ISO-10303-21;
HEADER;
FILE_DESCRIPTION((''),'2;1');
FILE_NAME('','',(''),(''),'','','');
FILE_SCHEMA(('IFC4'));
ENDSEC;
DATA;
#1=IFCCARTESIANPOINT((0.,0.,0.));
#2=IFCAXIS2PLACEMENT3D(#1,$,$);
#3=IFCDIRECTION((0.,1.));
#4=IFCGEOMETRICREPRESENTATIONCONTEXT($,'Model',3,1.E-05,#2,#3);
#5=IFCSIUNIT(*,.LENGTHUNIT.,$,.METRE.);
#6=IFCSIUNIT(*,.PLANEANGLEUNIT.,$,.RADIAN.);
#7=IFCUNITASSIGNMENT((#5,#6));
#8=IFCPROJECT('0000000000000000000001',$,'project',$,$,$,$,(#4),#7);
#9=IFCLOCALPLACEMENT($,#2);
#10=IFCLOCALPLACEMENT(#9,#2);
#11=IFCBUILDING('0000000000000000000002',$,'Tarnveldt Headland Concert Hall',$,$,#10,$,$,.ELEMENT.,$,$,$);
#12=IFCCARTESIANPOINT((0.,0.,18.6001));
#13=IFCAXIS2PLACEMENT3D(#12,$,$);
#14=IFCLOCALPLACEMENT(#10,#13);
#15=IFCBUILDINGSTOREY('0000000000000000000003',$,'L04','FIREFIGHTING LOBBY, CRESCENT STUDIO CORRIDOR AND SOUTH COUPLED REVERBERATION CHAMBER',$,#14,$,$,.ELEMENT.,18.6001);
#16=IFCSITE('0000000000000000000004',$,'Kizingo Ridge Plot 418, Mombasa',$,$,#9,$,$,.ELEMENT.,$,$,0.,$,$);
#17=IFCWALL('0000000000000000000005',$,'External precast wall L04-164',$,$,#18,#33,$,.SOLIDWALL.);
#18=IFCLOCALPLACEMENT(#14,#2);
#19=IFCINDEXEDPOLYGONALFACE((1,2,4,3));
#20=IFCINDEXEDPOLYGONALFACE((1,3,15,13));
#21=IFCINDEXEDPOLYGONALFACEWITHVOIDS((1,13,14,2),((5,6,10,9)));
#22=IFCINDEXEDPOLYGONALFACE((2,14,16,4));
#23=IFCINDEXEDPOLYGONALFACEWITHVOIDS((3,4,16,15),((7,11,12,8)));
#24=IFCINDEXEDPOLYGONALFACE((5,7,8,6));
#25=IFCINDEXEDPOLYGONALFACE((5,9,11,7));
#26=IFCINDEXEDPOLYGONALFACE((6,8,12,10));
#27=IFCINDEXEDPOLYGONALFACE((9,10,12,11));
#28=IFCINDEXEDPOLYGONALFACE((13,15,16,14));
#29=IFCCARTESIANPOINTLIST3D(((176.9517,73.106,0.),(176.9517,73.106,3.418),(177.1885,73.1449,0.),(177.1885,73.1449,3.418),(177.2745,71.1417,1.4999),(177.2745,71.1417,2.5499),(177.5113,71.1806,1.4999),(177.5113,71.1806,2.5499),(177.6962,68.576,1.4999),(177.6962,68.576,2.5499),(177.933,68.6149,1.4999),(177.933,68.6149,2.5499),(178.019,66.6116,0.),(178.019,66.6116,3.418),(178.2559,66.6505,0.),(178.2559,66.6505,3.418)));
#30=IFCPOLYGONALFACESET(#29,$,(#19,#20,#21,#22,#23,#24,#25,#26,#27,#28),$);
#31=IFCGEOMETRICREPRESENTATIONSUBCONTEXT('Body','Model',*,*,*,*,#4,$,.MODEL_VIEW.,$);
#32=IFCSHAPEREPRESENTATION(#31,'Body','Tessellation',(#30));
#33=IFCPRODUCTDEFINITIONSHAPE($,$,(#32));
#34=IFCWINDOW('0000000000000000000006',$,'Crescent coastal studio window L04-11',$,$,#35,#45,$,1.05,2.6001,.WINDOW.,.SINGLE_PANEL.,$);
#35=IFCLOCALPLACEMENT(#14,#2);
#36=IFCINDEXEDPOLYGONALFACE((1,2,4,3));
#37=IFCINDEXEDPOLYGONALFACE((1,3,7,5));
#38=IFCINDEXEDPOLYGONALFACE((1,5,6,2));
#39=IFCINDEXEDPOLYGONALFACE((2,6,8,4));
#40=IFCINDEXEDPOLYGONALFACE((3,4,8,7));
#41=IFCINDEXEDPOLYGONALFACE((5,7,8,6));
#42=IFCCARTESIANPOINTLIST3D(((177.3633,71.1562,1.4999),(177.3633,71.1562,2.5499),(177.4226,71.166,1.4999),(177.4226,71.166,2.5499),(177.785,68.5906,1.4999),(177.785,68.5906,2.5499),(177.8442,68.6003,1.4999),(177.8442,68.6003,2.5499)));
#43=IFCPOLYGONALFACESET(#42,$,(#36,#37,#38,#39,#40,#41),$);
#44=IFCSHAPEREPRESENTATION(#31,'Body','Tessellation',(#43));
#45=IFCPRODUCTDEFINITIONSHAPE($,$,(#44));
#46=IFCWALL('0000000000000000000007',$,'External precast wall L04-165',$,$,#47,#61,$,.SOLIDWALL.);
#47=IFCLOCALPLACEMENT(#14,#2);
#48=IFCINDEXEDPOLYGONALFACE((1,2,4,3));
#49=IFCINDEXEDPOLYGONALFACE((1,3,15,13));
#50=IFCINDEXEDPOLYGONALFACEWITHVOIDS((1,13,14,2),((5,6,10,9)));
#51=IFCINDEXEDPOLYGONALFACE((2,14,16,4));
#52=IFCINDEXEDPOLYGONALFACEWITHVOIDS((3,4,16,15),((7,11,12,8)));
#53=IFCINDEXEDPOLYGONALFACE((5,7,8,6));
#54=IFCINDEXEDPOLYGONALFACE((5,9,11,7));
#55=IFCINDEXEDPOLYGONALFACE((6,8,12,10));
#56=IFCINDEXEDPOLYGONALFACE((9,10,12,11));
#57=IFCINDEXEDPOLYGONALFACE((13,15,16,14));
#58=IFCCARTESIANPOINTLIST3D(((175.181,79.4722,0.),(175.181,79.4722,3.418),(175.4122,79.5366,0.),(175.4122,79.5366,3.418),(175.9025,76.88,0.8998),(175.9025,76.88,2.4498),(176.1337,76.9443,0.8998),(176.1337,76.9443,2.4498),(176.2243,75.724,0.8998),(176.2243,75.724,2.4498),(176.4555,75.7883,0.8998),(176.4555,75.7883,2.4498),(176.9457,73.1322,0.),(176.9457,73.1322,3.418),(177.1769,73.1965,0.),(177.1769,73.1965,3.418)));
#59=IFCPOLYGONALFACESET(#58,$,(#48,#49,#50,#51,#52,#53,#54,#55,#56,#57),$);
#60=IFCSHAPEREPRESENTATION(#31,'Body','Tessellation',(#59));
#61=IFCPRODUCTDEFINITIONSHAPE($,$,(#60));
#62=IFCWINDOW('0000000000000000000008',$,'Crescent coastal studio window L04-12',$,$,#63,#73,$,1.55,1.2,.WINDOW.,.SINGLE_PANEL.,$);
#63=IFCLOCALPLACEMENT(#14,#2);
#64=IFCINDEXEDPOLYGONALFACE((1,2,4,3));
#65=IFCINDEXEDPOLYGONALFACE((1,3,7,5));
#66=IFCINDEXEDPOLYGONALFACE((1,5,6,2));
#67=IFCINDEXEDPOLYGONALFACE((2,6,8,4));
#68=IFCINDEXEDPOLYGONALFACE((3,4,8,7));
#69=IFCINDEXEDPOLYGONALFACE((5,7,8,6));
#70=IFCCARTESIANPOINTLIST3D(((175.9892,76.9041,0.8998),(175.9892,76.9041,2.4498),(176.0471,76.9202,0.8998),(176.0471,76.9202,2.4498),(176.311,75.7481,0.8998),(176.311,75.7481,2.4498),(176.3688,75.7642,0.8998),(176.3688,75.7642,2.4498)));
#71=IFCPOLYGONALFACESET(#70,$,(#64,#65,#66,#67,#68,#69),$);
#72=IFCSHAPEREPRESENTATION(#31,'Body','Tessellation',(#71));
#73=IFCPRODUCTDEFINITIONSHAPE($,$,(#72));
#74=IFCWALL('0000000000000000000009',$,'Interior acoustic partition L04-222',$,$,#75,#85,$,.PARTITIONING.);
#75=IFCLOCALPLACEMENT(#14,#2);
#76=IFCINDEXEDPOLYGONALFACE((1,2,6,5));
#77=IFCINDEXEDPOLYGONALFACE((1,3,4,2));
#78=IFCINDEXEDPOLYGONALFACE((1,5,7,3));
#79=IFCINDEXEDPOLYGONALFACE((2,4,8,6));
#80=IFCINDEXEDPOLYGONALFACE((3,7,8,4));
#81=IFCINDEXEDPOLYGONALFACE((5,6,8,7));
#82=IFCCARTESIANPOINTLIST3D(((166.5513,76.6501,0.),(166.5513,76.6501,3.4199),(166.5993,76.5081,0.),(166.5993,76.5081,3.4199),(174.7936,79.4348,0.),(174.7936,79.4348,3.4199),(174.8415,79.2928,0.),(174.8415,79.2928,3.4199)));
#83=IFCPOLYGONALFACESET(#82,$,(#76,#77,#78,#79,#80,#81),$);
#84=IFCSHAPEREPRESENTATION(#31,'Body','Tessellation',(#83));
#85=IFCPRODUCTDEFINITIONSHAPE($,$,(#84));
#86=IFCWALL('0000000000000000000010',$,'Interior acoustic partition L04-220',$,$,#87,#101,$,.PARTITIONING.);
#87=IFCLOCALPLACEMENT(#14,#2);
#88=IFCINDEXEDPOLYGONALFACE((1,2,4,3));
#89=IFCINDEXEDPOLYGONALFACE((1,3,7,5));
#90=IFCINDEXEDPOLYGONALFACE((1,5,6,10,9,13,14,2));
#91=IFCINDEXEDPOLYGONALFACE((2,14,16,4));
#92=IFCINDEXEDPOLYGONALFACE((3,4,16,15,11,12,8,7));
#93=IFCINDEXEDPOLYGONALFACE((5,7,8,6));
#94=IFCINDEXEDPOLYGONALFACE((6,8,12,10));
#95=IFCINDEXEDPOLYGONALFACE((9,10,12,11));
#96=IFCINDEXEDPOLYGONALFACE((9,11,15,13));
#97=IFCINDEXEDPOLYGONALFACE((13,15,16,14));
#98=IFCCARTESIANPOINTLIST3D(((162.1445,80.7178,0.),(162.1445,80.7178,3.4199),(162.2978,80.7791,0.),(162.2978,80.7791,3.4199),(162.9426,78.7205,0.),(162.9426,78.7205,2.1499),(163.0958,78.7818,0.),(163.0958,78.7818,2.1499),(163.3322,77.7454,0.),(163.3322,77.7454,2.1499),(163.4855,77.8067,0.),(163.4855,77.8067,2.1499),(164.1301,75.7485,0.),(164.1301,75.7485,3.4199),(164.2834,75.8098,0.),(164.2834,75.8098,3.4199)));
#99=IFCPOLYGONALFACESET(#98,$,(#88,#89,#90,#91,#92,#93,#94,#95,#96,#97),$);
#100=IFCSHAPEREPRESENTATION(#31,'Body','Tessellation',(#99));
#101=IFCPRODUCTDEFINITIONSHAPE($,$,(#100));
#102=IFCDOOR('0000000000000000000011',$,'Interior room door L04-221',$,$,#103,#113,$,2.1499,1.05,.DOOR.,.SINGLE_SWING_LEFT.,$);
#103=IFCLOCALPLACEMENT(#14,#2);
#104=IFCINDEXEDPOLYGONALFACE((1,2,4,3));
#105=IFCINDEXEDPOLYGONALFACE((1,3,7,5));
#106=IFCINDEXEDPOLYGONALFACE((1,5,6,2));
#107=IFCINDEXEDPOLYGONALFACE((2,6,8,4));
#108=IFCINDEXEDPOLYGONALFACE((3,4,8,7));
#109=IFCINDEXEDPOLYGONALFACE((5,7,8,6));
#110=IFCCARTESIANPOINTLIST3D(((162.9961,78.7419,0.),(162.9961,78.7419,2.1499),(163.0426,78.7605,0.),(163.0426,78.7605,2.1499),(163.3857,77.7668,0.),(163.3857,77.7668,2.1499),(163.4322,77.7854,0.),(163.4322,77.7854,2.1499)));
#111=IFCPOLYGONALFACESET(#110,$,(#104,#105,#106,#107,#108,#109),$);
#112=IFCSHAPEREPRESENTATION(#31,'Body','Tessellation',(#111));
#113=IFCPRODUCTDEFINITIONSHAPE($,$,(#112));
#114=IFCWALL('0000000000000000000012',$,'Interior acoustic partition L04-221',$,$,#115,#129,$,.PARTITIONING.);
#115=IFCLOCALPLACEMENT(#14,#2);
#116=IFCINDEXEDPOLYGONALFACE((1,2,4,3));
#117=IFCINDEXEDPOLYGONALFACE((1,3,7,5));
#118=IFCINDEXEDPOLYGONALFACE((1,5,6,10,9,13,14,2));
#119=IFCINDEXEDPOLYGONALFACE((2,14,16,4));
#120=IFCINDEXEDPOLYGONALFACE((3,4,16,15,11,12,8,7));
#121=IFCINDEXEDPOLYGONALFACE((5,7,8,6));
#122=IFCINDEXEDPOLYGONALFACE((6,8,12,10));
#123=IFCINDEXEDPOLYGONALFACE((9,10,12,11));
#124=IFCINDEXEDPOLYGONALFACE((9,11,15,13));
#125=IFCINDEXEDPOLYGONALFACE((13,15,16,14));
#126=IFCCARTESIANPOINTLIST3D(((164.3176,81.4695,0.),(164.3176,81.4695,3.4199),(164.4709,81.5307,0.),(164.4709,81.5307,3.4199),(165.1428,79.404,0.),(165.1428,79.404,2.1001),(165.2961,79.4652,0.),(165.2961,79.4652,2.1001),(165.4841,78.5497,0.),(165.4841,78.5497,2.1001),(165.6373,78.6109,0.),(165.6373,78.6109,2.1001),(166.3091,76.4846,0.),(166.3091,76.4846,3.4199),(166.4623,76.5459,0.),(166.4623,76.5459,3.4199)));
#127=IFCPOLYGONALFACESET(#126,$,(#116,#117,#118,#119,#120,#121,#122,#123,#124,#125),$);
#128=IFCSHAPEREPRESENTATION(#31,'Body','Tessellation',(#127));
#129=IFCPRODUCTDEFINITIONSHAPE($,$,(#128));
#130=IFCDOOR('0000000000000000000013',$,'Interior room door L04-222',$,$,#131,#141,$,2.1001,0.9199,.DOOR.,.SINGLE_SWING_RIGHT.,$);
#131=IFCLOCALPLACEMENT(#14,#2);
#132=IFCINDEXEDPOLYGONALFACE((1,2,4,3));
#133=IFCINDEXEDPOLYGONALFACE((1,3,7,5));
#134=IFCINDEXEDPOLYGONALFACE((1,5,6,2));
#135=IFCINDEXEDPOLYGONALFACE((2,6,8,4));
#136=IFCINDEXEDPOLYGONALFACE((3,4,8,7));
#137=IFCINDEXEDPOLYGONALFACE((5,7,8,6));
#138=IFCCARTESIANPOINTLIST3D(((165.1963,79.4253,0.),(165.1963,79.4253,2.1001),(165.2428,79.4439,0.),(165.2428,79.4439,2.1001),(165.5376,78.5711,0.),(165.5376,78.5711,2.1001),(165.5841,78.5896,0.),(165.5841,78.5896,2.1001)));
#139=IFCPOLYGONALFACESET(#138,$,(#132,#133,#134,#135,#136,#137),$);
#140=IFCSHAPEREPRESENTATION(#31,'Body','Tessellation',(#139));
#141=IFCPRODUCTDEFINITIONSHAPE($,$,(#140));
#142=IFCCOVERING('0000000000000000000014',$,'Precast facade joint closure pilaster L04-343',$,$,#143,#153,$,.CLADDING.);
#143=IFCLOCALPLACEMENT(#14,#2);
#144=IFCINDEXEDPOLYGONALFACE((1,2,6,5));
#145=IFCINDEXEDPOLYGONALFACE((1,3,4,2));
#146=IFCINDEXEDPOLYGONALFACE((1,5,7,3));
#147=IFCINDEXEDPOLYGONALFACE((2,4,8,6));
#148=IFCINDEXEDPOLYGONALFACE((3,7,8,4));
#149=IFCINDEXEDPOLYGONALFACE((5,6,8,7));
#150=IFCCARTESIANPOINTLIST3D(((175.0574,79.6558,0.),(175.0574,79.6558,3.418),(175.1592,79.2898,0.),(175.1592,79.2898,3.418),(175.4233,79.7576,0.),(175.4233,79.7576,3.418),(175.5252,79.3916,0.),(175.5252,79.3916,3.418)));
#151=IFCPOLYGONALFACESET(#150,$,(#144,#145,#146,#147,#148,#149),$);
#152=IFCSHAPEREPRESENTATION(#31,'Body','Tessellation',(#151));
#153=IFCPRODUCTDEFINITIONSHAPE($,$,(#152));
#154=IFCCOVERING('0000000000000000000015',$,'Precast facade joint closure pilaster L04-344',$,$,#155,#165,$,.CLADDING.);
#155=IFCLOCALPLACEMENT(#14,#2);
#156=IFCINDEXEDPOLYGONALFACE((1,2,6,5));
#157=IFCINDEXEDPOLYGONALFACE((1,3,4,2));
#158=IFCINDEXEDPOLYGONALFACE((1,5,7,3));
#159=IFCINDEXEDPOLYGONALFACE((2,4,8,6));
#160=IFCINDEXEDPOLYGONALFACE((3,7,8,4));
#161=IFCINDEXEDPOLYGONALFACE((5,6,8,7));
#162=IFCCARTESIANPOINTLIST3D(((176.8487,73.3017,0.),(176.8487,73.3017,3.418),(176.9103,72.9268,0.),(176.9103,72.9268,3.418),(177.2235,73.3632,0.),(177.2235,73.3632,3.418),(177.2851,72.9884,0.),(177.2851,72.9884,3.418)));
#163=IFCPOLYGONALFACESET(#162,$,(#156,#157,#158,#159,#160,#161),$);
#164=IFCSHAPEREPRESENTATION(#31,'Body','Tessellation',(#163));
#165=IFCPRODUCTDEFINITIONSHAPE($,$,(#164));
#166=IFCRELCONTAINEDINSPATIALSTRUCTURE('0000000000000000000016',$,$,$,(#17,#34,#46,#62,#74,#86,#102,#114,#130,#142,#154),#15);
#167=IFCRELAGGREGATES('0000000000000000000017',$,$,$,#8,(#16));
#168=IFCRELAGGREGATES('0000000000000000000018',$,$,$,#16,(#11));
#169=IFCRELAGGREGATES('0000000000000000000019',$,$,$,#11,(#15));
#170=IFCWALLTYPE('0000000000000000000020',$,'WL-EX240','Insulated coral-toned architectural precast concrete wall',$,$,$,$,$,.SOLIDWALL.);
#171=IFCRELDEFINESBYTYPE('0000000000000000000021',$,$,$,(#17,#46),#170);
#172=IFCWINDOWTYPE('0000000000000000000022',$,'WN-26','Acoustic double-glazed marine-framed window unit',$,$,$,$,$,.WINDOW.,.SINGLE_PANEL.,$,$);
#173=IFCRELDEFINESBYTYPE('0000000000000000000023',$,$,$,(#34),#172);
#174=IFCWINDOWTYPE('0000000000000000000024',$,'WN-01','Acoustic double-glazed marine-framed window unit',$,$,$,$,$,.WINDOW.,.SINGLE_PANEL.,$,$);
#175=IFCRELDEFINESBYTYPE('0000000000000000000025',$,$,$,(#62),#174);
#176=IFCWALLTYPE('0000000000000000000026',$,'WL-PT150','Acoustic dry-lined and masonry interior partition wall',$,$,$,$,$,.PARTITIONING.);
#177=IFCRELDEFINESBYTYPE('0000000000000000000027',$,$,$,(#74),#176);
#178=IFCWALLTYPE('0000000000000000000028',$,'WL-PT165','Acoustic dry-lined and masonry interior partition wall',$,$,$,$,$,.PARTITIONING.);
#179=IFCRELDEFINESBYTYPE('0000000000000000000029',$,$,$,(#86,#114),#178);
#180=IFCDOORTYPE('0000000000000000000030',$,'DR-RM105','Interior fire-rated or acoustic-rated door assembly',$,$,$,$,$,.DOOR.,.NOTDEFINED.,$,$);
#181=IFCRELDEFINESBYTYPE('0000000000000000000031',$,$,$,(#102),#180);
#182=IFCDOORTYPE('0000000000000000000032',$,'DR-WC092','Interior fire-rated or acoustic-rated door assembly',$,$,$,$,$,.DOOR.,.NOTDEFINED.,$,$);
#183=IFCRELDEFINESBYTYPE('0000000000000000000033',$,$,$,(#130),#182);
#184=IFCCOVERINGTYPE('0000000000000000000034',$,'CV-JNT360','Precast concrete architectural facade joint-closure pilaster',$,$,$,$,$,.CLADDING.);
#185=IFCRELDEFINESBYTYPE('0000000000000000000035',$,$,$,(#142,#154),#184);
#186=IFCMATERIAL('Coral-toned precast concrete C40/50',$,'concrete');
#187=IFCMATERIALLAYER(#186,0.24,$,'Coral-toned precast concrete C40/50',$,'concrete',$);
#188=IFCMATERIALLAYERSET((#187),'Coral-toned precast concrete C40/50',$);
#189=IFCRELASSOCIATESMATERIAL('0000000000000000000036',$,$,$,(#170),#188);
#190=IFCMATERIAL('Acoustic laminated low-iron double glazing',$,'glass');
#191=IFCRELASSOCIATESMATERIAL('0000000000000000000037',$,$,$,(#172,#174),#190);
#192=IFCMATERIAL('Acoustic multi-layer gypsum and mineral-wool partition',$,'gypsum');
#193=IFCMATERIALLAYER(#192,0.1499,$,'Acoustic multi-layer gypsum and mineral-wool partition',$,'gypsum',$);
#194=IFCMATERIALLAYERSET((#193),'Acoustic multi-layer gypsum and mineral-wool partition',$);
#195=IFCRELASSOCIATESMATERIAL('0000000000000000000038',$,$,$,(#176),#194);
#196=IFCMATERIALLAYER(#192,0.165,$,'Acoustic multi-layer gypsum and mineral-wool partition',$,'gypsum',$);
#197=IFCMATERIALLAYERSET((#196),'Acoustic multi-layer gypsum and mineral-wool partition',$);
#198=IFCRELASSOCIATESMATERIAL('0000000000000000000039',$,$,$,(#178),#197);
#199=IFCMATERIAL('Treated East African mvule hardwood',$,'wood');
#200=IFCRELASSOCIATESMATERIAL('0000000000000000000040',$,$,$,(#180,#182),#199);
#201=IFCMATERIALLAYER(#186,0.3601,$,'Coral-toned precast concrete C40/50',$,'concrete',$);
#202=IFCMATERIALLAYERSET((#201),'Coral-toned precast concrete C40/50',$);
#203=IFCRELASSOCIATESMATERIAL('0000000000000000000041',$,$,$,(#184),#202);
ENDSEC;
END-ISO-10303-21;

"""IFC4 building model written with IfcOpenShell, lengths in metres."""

from ifc_helpers import new_model, si_unit, direction, frame, frame_2d, origin, origin_2d, place, context, subcontext, project, spatial, rectangle, extrude, material, layer, layer_set, type_object, element, fill, save


model = new_model("IFC4")

# Units and contexts
model_context = context("Model", 3, precision=1e-05, world=origin(), true_north=direction((0.0, 1.0)))
body_context = subcontext(model_context, "Body", "Model", "MODEL_VIEW")
ifc_project = project(units=[si_unit("LENGTHUNIT", "METRE"), si_unit("PLANEANGLEUNIT", "RADIAN")], contexts=[model_context])

# Site, building, storey
site_placement = place(None, origin())
site = spatial("IfcSite", under=ifc_project, at=site_placement, Name="Kizingo Ridge Plot 418, Mombasa", CompositionType="ELEMENT", RefElevation=0.0)
building_placement = place(site_placement, origin())
building = spatial("IfcBuilding", under=site, at=building_placement, Name="Tarnveldt Headland Concert Hall", CompositionType="ELEMENT")
storey_placement = place(building_placement, frame((0.0, 0.0, 18.6001)))
storey = spatial("IfcBuildingStorey", under=building, at=storey_placement, Name="L04", Description="FIREFIGHTING LOBBY, CRESCENT STUDIO CORRIDOR AND SOUTH COUPLED REVERBERATION CHAMBER", CompositionType="ELEMENT", Elevation=18.6001)

# Walls, openings, windows
ifc_material_1 = material(Name="Coral-toned precast concrete C40/50", Category="concrete")
ifc_layer_1 = layer(ifc_material_1, 0.24, Name="Coral-toned precast concrete C40/50", Category="concrete")
ifc_layer_set_1 = layer_set([ifc_layer_1], Name="Coral-toned precast concrete C40/50")
wall_type_1 = type_object("IfcWallType", Name="WL-EX240", Description="Insulated coral-toned architectural precast concrete wall", PredefinedType="SOLIDWALL", material=ifc_layer_set_1)
wall_1_placement = place(storey_placement, frame((177.0701, 73.1255, 0.0), z_axis=(0.0, 0.0, 1.0), x_axis=(0.162179, -0.986761, 0.0)))
wall_1 = element("IfcWall", 1, at=wall_1_placement, inside=storey, type_object=wall_type_1, Name="External precast wall L04-164", PredefinedType="SOLIDWALL", context=body_context, shape_type="SweptSolid", body=[
    extrude(rectangle(XDim=6.5815, YDim=0.24, at=frame_2d((3.2908, 0.0))), origin(), (0.0, 0.0, 1.0), 3.418),
])
opening_1_placement = place(wall_1_placement, frame((1.9907, 0.0, 1.5)))
opening_1 = element("IfcOpeningElement", 2, at=opening_1_placement, cuts=wall_1, PredefinedType="OPENING", context=body_context, shape_type="SweptSolid", body=[
    extrude(rectangle(XDim=2.6001, YDim=1.05, at=frame_2d((1.3, 0.5249))), frame((0.0, 0.1299, 0.0), z_axis=(0.0, -1.0, 0.0), x_axis=(1.0, 0.0, 0.0)), (0.0, 0.0, 1.0), 0.26),
])
ifc_material_2 = material(Name="Acoustic laminated low-iron double glazing", Category="glass")
window_type_1 = type_object("IfcWindowType", Name="WN-26", Description="Acoustic double-glazed marine-framed window unit", PartitioningType="SINGLE_PANEL", PredefinedType="WINDOW", material=ifc_material_2)
window_1_placement = place(opening_1_placement, origin())
window_1 = element("IfcWindow", 3, at=window_1_placement, inside=storey, type_object=window_type_1, Name="Crescent coastal studio window L04-11", OverallHeight=1.05, OverallWidth=2.6001, PartitioningType="SINGLE_PANEL", PredefinedType="WINDOW", context=body_context, shape_type="SweptSolid", body=[
    extrude(rectangle(XDim=2.6001, YDim=1.05, at=frame_2d((1.3, 0.5249))), frame((0.0, 0.03, 0.0), z_axis=(0.0, -1.0, 0.0), x_axis=(1.0, 0.0, 0.0)), (0.0, 0.0, 1.0), 0.0601),
])
fill(opening_1, window_1)
wall_2_placement = place(storey_placement, frame((175.2966, 79.5044, 0.0), z_axis=(0.0, 0.0, 1.0), x_axis=(0.268139, -0.96338, 0.0)))
wall_2 = element("IfcWall", 4, at=wall_2_placement, inside=storey, type_object=wall_type_1, Name="External precast wall L04-165", PredefinedType="SOLIDWALL", context=body_context, shape_type="SweptSolid", body=[
    extrude(rectangle(XDim=6.5811, YDim=0.24, at=frame_2d((3.2905, 0.0))), origin(), (0.0, 0.0, 1.0), 3.418),
])
opening_2_placement = place(wall_2_placement, frame((2.6907, 0.0, 0.8999)))
opening_2 = element("IfcOpeningElement", 5, at=opening_2_placement, cuts=wall_2, PredefinedType="OPENING", context=body_context, shape_type="SweptSolid", body=[
    extrude(rectangle(XDim=1.2, YDim=1.55, at=frame_2d((0.6001, 0.7749))), frame((0.0, 0.1299, 0.0), z_axis=(0.0, -1.0, 0.0), x_axis=(1.0, 0.0, 0.0)), (0.0, 0.0, 1.0), 0.26),
])
window_type_2 = type_object("IfcWindowType", Name="WN-01", Description="Acoustic double-glazed marine-framed window unit", PartitioningType="SINGLE_PANEL", PredefinedType="WINDOW", material=ifc_material_2)
window_2_placement = place(opening_2_placement, origin())
window_2 = element("IfcWindow", 6, at=window_2_placement, inside=storey, type_object=window_type_2, Name="Crescent coastal studio window L04-12", OverallHeight=1.55, OverallWidth=1.2, PartitioningType="SINGLE_PANEL", PredefinedType="WINDOW", context=body_context, shape_type="SweptSolid", body=[
    extrude(rectangle(XDim=1.2, YDim=1.55, at=frame_2d((0.6001, 0.7749))), frame((0.0, 0.03, 0.0), z_axis=(0.0, -1.0, 0.0), x_axis=(1.0, 0.0, 0.0)), (0.0, 0.0, 1.0), 0.0601),
])
fill(opening_2, window_2)

# Wall
ifc_material_3 = material(Name="Acoustic multi-layer gypsum and mineral-wool partition", Category="gypsum")
ifc_layer_2 = layer(ifc_material_3, 0.1499, Name="Acoustic multi-layer gypsum and mineral-wool partition", Category="gypsum")
ifc_layer_set_2 = layer_set([ifc_layer_2], Name="Acoustic multi-layer gypsum and mineral-wool partition")
wall_type_2 = type_object("IfcWallType", Name="WL-PT150", Description="Acoustic dry-lined and masonry interior partition wall", PredefinedType="PARTITIONING", material=ifc_layer_set_2)
wall_3_placement = place(storey_placement, frame((166.5752, 76.5791, 0.0), z_axis=(0.0, 0.0, 1.0), x_axis=(0.94739, 0.320081, 0.0)))
element("IfcWall", 7, at=wall_3_placement, inside=storey, type_object=wall_type_2, Name="Interior acoustic partition L04-222", PredefinedType="PARTITIONING", context=body_context, shape_type="SweptSolid", body=[
    extrude(rectangle(XDim=8.7, YDim=0.1499, at=frame_2d((4.3501, 0.0))), origin(), (0.0, 0.0, 1.0), 3.4199),
])

# Walls, openings, doors
ifc_layer_3 = layer(ifc_material_3, 0.165, Name="Acoustic multi-layer gypsum and mineral-wool partition", Category="gypsum")
ifc_layer_set_3 = layer_set([ifc_layer_3], Name="Acoustic multi-layer gypsum and mineral-wool partition")
wall_type_3 = type_object("IfcWallType", Name="WL-PT165", Description="Acoustic dry-lined and masonry interior partition wall", PredefinedType="PARTITIONING", material=ifc_layer_set_3)
wall_4_placement = place(storey_placement, frame((164.2068, 75.7791, 0.0), z_axis=(0.0, 0.0, 1.0), x_axis=(-0.371052, 0.928612, 0.0)))
wall_4 = element("IfcWall", 8, at=wall_4_placement, inside=storey, type_object=wall_type_3, Name="Interior acoustic partition L04-220", PredefinedType="PARTITIONING", context=body_context, shape_type="SweptSolid", body=[
    extrude(rectangle(XDim=5.3513, YDim=0.165, at=frame_2d((2.6758, 0.0))), origin(), (0.0, 0.0, 1.0), 3.4199),
])
opening_3_placement = place(wall_4_placement, frame((2.1506, 0.0, 0.0)))
opening_3 = element("IfcOpeningElement", 9, at=opening_3_placement, cuts=wall_4, PredefinedType="OPENING", context=body_context, shape_type="SweptSolid", body=[
    extrude(rectangle(XDim=1.05, YDim=2.1499, at=frame_2d((0.5249, 1.075))), frame((0.0, 0.0925, 0.0), z_axis=(0.0, -1.0, 0.0), x_axis=(1.0, 0.0, 0.0)), (0.0, 0.0, 1.0), 0.1851),
])
ifc_material_4 = material(Name="Treated East African mvule hardwood", Category="wood")
door_type_1 = type_object("IfcDoorType", Name="DR-RM105", Description="Interior fire-rated or acoustic-rated door assembly", OperationType="NOTDEFINED", PredefinedType="DOOR", material=ifc_material_4)
door_1_placement = place(opening_3_placement, origin())
door_1 = element("IfcDoor", 10, at=door_1_placement, inside=storey, type_object=door_type_1, Name="Interior room door L04-221", OperationType="SINGLE_SWING_LEFT", OverallHeight=2.1499, OverallWidth=1.05, PredefinedType="DOOR", context=body_context, shape_type="SweptSolid", body=[
    extrude(rectangle(XDim=1.05, YDim=2.1499, at=frame_2d((0.5249, 1.075))), frame((0.0, 0.0249, 0.0), z_axis=(0.0, -1.0, 0.0), x_axis=(1.0, 0.0, 0.0)), (0.0, 0.0, 1.0), 0.05),
])
fill(opening_3, door_1)
wall_5_placement = place(storey_placement, frame((166.3857, 76.5151, 0.0), z_axis=(0.0, 0.0, 1.0), x_axis=(-0.370991, 0.928637, 0.0)))
wall_5 = element("IfcWall", 11, at=wall_5_placement, inside=storey, type_object=wall_type_3, Name="Interior acoustic partition L04-221", PredefinedType="PARTITIONING", context=body_context, shape_type="SweptSolid", body=[
    extrude(rectangle(XDim=5.3679, YDim=0.165, at=frame_2d((2.6841, 0.0))), origin(), (0.0, 0.0, 1.0), 3.4199),
])
opening_4_placement = place(wall_5_placement, frame((2.2239, 0.0, 0.0)))
opening_4 = element("IfcOpeningElement", 12, at=opening_4_placement, cuts=wall_5, PredefinedType="OPENING", context=body_context, shape_type="SweptSolid", body=[
    extrude(rectangle(XDim=0.9199, YDim=2.1001, at=frame_2d((0.46, 1.05))), frame((0.0, 0.0925, 0.0), z_axis=(0.0, -1.0, 0.0), x_axis=(1.0, 0.0, 0.0)), (0.0, 0.0, 1.0), 0.1851),
])
door_type_2 = type_object("IfcDoorType", Name="DR-WC092", Description="Interior fire-rated or acoustic-rated door assembly", OperationType="NOTDEFINED", PredefinedType="DOOR", material=ifc_material_4)
door_2_placement = place(opening_4_placement, origin())
door_2 = element("IfcDoor", 13, at=door_2_placement, inside=storey, type_object=door_type_2, Name="Interior room door L04-222", OperationType="SINGLE_SWING_RIGHT", OverallHeight=2.1001, OverallWidth=0.9199, PredefinedType="DOOR", context=body_context, shape_type="SweptSolid", body=[
    extrude(rectangle(XDim=0.9199, YDim=2.1001, at=frame_2d((0.46, 1.05))), frame((0.0, 0.0249, 0.0), z_axis=(0.0, -1.0, 0.0), x_axis=(1.0, 0.0, 0.0)), (0.0, 0.0, 1.0), 0.05),
])
fill(opening_4, door_2)

# Coverings
ifc_layer_4 = layer(ifc_material_1, 0.3601, Name="Coral-toned precast concrete C40/50", Category="concrete")
ifc_layer_set_4 = layer_set([ifc_layer_4], Name="Coral-toned precast concrete C40/50")
covering_type = type_object("IfcCoveringType", Name="CV-JNT360", Description="Precast concrete architectural facade joint-closure pilaster", PredefinedType="CLADDING", material=ifc_layer_set_4)
for number, where, z_axis, x_axis, name in (
    (14, (175.2913, 79.5237, 0.0), (0.0, 0.0, 1.0), (0.268079, -0.963397, 0.0), "Precast facade joint closure pilaster L04-343"),
    (15, (177.0669, 73.145, 0.0), (0.0, 0.0, 1.0), (0.162121, -0.986771, 0.0), "Precast facade joint closure pilaster L04-344"),
):
    element("IfcCovering", number, at=place(storey_placement, frame(where, z_axis=z_axis, x_axis=x_axis)), inside=storey, type_object=covering_type, Name=name, PredefinedType="CLADDING", context=body_context, shape_type="SweptSolid", body=[
        extrude(rectangle(XDim=0.3799, YDim=0.3799, at=origin_2d()), origin(), (0.0, 0.0, 1.0), 3.418),
    ])

save(model, "model.ifc")
